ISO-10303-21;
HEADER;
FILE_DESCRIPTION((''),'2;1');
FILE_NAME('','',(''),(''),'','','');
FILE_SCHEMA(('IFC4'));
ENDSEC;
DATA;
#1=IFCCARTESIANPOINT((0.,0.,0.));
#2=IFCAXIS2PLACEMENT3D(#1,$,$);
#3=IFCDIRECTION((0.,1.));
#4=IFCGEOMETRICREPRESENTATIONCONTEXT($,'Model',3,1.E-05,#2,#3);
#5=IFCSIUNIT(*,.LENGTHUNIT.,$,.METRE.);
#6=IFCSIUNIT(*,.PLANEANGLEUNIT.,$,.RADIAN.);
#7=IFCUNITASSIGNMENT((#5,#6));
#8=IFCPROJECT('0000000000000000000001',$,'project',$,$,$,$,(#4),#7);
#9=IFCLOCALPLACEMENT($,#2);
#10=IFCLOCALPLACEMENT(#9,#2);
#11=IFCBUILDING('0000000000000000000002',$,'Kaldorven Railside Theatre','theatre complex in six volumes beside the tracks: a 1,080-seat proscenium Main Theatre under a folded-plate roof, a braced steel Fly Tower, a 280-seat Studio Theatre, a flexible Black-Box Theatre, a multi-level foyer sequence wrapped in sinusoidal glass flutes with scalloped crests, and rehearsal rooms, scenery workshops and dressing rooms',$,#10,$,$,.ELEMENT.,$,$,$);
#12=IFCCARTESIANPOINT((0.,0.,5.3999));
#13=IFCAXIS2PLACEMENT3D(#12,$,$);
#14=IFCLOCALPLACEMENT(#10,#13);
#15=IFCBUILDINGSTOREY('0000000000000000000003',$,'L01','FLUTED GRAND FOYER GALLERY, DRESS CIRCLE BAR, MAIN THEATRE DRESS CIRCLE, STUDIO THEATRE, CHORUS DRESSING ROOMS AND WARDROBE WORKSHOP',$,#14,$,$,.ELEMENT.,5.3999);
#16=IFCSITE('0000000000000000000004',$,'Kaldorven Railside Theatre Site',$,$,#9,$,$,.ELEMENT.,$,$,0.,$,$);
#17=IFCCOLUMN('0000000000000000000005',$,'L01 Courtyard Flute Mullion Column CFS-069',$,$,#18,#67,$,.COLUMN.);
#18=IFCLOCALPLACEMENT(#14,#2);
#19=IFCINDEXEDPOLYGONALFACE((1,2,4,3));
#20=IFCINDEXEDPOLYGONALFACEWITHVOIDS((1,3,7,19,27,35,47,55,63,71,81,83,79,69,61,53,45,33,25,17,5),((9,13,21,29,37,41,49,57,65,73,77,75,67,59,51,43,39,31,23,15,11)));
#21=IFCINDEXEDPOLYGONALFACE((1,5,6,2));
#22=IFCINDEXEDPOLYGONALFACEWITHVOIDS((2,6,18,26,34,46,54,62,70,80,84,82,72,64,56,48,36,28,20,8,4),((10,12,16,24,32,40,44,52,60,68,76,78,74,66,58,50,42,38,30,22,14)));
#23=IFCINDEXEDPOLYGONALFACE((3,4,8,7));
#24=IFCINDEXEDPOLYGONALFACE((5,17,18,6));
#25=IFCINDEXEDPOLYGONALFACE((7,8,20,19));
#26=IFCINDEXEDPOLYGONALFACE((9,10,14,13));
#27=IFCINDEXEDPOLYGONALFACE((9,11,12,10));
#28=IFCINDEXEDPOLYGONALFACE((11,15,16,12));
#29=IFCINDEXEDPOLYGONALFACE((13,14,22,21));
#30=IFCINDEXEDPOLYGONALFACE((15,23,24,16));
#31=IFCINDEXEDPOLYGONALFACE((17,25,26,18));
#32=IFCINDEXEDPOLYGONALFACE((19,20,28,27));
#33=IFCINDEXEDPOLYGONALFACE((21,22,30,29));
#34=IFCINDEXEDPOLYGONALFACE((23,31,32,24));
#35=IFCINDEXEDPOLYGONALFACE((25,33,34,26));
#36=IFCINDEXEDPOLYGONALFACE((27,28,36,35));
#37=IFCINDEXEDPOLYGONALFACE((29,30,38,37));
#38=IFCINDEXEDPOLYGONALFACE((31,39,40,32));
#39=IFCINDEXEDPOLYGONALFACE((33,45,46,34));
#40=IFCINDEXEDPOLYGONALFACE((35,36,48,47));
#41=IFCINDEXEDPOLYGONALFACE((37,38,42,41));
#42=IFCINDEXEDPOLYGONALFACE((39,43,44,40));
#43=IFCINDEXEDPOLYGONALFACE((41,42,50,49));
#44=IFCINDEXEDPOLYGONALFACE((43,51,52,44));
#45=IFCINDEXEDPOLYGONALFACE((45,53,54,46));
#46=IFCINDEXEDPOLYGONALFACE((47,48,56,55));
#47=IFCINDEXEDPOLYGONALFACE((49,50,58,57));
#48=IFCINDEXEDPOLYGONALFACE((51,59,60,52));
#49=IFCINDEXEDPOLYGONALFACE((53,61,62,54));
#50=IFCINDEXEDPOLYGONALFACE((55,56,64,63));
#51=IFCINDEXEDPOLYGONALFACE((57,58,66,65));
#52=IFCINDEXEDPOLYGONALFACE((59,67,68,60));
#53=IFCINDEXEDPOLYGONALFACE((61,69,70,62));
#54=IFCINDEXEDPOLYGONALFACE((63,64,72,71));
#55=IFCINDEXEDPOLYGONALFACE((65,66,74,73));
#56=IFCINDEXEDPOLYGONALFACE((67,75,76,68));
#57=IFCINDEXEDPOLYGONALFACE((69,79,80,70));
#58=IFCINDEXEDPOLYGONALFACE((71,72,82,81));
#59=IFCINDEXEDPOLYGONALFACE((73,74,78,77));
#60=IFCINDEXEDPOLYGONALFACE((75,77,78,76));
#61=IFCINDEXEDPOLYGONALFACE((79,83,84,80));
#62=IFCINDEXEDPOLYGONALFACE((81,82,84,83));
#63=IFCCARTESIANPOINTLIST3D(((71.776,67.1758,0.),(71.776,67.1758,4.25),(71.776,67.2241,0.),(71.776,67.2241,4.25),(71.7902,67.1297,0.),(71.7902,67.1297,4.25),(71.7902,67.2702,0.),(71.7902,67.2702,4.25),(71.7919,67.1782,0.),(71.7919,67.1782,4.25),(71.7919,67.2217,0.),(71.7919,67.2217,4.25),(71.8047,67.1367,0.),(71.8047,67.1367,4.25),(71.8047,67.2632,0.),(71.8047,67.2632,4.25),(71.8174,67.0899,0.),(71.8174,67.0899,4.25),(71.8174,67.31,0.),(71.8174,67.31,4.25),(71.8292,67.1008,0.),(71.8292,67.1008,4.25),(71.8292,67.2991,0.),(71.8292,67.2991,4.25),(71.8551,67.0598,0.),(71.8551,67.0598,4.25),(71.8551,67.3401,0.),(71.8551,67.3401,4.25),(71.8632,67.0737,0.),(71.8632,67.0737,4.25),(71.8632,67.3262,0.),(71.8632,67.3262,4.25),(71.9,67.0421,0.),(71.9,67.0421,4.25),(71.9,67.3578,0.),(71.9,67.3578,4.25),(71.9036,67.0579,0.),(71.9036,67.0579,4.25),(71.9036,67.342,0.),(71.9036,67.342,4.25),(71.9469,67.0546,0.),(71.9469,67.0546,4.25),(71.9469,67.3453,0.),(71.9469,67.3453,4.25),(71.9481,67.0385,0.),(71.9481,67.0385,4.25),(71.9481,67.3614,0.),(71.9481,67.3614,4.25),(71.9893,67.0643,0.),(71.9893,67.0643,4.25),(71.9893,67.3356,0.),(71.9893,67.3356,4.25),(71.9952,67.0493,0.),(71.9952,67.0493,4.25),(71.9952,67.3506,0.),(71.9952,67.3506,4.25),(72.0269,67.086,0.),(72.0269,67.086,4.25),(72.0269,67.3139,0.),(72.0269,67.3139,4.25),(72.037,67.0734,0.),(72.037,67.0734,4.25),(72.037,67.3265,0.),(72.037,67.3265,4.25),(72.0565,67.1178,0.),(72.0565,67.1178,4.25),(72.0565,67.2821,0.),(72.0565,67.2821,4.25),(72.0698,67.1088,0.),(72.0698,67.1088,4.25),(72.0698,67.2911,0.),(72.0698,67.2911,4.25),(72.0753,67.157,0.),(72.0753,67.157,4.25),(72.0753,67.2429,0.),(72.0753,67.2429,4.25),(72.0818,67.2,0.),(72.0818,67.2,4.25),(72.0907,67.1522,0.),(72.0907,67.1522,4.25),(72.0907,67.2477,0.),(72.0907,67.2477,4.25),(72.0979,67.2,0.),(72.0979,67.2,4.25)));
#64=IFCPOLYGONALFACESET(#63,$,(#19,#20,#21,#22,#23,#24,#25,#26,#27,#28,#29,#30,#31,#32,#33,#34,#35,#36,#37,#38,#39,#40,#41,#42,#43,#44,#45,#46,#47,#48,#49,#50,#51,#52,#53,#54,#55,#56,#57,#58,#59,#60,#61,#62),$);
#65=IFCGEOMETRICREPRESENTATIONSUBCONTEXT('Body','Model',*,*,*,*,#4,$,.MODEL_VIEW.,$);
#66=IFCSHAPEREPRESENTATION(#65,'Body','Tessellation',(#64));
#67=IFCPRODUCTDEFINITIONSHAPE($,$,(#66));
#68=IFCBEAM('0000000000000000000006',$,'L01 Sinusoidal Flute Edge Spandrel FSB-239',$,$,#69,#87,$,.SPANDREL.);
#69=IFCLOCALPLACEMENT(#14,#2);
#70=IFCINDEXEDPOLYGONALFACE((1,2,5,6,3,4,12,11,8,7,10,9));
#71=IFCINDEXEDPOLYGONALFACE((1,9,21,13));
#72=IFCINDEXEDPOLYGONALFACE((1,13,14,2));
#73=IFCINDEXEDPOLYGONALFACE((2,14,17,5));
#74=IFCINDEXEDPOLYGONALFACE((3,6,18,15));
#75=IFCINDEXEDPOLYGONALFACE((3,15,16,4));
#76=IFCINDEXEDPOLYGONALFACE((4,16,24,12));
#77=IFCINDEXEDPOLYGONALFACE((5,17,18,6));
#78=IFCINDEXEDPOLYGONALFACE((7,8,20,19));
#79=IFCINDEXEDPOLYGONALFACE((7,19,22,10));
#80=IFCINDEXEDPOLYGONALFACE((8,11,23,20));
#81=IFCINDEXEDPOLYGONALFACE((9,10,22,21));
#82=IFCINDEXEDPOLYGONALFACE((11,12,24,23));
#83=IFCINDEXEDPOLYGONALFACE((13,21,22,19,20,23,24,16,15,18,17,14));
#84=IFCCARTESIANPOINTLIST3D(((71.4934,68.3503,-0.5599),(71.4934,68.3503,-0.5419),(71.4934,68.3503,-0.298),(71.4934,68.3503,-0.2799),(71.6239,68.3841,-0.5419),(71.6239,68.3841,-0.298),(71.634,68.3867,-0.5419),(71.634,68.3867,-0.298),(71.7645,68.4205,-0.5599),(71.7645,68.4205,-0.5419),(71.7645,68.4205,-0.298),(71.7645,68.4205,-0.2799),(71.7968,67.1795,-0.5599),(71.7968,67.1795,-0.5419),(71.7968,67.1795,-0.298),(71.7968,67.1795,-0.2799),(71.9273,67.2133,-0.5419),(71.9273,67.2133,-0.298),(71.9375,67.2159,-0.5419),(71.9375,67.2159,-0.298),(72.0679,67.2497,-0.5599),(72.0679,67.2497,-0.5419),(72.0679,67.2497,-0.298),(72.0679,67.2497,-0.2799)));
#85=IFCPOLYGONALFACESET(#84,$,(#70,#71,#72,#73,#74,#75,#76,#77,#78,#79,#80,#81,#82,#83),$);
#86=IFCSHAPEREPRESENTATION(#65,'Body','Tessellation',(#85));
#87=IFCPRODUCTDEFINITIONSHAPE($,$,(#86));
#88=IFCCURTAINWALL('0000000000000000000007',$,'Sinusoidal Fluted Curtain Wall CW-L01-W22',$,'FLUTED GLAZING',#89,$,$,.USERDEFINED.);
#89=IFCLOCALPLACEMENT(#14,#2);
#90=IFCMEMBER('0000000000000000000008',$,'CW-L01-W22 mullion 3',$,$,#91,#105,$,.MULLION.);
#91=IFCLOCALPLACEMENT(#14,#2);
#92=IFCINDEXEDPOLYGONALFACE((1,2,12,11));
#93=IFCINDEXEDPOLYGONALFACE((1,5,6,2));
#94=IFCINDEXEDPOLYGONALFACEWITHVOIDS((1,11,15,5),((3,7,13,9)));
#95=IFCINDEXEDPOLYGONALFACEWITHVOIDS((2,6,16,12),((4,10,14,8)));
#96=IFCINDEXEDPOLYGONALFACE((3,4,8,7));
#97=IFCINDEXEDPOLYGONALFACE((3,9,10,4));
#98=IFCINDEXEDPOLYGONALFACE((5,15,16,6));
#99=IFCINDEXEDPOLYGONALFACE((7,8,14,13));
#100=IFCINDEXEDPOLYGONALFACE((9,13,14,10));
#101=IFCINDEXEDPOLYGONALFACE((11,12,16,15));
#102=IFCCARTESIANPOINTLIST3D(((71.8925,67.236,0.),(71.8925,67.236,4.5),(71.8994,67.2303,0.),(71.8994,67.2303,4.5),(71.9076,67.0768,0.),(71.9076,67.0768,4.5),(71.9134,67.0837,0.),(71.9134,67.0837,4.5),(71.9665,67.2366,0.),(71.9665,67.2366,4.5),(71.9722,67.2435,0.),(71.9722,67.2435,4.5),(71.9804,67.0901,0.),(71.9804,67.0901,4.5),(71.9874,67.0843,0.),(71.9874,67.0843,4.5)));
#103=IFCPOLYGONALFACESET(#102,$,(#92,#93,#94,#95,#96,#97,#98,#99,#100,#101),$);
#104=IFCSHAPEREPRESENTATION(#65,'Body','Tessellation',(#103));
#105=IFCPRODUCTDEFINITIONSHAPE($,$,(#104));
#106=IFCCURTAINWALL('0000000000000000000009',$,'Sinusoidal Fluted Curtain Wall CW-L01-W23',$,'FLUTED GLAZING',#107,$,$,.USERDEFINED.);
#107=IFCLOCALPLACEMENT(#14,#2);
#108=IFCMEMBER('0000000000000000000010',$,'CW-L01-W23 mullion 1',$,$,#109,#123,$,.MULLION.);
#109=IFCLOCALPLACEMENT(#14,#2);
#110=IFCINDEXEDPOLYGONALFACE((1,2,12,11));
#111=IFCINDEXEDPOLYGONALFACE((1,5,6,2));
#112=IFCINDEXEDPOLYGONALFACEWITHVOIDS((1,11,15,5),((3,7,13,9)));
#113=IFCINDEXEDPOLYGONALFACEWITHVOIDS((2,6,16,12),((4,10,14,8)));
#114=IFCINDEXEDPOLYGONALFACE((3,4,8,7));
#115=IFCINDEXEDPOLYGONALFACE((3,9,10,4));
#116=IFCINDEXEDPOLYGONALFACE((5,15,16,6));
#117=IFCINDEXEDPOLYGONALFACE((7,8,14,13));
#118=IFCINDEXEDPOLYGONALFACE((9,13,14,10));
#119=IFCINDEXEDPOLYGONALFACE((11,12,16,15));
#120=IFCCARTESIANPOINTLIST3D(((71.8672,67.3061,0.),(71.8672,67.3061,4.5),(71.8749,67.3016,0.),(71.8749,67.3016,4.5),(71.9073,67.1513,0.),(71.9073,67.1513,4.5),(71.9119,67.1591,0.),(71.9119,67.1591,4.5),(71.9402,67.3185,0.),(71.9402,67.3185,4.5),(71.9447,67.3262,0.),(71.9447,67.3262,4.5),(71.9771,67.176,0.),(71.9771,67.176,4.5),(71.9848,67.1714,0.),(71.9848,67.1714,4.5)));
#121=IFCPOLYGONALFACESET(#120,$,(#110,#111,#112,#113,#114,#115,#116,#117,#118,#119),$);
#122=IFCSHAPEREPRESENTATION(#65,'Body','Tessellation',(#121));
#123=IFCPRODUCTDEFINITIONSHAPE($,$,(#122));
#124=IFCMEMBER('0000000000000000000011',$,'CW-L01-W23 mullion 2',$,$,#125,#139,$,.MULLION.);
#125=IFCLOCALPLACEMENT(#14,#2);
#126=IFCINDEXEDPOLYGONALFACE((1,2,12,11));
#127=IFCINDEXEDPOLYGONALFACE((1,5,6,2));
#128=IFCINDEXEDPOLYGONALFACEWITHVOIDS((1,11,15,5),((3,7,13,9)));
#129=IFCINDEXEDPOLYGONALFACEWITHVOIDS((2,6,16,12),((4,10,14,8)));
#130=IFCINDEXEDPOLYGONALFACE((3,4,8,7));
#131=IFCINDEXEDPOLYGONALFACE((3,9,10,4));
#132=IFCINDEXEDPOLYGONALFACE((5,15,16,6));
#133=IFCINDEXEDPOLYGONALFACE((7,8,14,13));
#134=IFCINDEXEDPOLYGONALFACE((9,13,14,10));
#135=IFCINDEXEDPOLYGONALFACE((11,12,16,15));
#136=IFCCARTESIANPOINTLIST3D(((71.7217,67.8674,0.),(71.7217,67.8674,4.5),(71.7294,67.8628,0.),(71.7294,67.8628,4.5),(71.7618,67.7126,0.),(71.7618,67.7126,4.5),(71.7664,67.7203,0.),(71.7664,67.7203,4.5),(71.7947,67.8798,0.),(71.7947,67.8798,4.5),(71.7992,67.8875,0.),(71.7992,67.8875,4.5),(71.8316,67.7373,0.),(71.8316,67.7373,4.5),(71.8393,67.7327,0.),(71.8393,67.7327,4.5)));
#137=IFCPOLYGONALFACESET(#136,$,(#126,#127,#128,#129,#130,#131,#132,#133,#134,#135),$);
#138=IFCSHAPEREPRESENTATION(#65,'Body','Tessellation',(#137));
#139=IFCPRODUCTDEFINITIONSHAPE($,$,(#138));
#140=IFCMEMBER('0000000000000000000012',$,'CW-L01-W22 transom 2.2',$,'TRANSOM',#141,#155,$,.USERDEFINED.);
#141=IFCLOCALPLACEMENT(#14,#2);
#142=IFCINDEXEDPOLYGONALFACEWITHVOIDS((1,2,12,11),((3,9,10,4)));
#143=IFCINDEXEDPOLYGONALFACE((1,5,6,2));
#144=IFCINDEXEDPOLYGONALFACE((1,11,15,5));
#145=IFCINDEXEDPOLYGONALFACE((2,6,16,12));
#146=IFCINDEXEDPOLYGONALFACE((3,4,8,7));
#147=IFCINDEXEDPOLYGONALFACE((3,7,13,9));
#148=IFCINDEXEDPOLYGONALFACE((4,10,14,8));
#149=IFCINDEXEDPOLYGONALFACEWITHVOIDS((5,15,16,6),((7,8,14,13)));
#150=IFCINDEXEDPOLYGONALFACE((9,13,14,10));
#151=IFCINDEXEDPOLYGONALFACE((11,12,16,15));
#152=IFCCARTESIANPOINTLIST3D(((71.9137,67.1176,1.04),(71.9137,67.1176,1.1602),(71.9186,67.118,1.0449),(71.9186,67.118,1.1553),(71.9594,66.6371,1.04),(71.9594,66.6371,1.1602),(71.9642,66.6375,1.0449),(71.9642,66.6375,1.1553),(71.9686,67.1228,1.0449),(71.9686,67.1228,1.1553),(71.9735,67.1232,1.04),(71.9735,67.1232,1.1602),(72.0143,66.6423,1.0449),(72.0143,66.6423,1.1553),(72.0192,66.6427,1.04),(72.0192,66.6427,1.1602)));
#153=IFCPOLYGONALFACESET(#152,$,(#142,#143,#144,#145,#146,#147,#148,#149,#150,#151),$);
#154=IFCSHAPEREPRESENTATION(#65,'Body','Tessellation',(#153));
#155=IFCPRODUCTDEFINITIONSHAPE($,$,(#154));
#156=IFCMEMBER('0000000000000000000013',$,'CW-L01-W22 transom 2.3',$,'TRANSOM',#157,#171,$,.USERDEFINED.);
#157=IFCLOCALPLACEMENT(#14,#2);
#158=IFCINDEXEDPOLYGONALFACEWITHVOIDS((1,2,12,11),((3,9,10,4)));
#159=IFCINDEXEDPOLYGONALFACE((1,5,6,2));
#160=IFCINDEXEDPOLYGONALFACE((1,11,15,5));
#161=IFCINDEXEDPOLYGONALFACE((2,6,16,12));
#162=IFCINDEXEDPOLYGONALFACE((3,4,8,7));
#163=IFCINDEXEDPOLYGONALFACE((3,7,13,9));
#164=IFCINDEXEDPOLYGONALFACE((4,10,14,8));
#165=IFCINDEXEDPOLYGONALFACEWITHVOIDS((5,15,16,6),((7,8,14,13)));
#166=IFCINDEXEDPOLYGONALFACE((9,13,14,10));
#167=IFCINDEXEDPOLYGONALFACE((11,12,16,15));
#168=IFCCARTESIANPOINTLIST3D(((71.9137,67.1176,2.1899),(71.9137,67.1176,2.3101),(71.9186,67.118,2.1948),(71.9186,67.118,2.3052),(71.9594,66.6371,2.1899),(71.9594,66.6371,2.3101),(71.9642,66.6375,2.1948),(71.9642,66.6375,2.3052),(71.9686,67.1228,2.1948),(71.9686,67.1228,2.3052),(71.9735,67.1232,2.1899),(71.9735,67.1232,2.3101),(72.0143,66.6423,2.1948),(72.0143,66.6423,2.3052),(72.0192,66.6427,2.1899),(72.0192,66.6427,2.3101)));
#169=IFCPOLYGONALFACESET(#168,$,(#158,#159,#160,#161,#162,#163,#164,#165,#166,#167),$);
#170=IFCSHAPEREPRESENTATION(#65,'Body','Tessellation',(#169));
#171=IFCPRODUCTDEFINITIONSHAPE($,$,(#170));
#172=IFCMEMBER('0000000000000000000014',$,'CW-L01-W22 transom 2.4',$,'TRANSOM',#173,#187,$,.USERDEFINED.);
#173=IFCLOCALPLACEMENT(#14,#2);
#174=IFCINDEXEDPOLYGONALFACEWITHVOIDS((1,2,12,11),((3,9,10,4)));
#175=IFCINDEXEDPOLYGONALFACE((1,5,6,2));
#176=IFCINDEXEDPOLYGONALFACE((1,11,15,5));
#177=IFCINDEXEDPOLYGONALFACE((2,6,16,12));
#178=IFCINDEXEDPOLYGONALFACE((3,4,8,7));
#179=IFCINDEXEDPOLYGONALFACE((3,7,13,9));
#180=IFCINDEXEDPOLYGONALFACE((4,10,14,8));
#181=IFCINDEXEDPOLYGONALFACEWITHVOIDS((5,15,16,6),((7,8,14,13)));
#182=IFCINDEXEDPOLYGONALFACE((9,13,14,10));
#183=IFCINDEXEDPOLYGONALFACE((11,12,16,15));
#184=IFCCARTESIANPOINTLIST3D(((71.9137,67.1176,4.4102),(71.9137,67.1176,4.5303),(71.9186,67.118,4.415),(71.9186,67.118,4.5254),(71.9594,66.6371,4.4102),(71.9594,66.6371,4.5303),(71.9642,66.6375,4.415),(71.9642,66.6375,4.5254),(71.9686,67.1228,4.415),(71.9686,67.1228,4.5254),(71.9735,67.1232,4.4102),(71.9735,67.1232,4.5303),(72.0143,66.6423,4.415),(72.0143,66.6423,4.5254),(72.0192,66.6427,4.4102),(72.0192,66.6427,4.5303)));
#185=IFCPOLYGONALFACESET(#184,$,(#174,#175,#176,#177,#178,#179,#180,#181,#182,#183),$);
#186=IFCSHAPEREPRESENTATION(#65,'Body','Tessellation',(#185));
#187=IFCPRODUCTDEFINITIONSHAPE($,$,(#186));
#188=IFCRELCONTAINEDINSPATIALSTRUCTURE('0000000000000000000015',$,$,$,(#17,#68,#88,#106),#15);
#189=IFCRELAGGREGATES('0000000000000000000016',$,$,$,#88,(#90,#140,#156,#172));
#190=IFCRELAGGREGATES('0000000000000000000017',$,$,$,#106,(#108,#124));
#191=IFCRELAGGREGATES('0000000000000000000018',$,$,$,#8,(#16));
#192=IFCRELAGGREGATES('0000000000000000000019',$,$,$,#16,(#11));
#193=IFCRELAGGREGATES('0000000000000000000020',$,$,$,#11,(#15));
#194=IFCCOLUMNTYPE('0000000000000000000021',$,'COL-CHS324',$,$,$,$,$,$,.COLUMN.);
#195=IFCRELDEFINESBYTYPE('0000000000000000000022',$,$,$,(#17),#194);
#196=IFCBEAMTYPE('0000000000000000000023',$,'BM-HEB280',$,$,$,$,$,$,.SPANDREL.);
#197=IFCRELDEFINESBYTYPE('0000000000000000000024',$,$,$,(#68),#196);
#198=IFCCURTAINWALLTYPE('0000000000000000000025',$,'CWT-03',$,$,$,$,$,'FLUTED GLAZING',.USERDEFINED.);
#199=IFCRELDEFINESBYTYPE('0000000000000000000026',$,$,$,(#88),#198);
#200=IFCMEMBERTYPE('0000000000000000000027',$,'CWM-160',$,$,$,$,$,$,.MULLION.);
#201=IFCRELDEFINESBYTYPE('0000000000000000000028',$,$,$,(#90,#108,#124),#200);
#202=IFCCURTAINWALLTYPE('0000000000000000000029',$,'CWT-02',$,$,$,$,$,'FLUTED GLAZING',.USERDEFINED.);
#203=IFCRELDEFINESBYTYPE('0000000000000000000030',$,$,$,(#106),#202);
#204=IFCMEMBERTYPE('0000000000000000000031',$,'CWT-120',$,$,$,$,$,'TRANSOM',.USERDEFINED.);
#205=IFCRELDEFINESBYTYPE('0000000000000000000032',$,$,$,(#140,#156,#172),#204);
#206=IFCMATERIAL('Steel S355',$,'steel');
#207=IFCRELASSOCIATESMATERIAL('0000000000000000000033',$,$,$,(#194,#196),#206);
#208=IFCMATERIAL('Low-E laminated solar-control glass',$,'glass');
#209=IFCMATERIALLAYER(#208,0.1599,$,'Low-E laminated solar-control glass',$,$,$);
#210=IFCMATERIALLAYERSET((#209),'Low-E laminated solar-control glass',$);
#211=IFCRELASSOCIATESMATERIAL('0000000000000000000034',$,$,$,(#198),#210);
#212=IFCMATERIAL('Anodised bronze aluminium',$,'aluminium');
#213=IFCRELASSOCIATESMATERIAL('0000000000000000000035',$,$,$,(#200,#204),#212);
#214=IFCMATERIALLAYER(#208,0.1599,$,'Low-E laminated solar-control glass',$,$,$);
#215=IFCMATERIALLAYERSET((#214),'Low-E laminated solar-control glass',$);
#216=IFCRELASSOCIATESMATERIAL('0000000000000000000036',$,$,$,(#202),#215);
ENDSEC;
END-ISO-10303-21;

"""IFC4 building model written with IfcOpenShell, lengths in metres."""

from ifc_helpers import new_model, si_unit, direction, frame, origin, origin_2d, place, context, subcontext, project, spatial, hollow_rectangle, hollow_circle, i_section, extrude, material, layer, layer_set, material_profile, profile_set, type_object, element, aggregate, save


model = new_model("IFC4")

# Units and contexts
model_context = context("Model", 3, precision=1e-05, world=origin(), true_north=direction((0.0, 1.0)))
body_context = subcontext(model_context, "Body", "Model", "MODEL_VIEW")
ifc_project = project(units=[si_unit("LENGTHUNIT", "METRE"), si_unit("PLANEANGLEUNIT", "RADIAN")], contexts=[model_context])

# Site, building, storey
site_placement = place(None, origin())
site = spatial("IfcSite", under=ifc_project, at=site_placement, Name="Kaldorven Railside Theatre Site", CompositionType="ELEMENT", RefElevation=0.0)
building_placement = place(site_placement, origin())
building = spatial("IfcBuilding", under=site, at=building_placement, Name="Kaldorven Railside Theatre", Description="theatre complex in six volumes beside the tracks: a 1,080-seat proscenium Main Theatre under a folded-plate roof, a braced steel Fly Tower, a 280-seat Studio Theatre, a flexible Black-Box Theatre, a multi-level foyer sequence wrapped in sinusoidal glass flutes with scalloped crests, and rehearsal rooms, scenery workshops and dressing rooms", CompositionType="ELEMENT")
storey_placement = place(building_placement, frame((0.0, 0.0, 5.3999)))
storey = spatial("IfcBuildingStorey", under=building, at=storey_placement, Name="L01", Description="FLUTED GRAND FOYER GALLERY, DRESS CIRCLE BAR, MAIN THEATRE DRESS CIRCLE, STUDIO THEATRE, CHORUS DRESSING ROOMS AND WARDROBE WORKSHOP", CompositionType="ELEMENT", Elevation=5.3999)

# Column
ifc_material_1 = material(Name="Steel S355", Category="steel")
ifc_material_profile_1 = material_profile(ifc_material_1, hollow_circle(Radius=0.1619, WallThickness=0.0161, at=origin_2d()), Name="CHS 323.9x16")
ifc_profile_set_1 = profile_set([ifc_material_profile_1], Name="Steel S355")
column_type = type_object("IfcColumnType", Name="COL-CHS324", PredefinedType="COLUMN", material=ifc_profile_set_1)
column_placement = place(storey_placement, frame((71.936, 67.2, 0.0), z_axis=(0.0, 0.0, 1.0), x_axis=(1.0, 0.0, 0.0)))
element("IfcColumn", 1, at=column_placement, inside=storey, type_object=column_type, Name="L01 Courtyard Flute Mullion Column CFS-069", PredefinedType="COLUMN", context=body_context, shape_type="SweptSolid", body=[
    extrude(hollow_circle(Radius=0.1619, WallThickness=0.0161, at=origin_2d()), origin(), (0.0, 0.0, 1.0), 4.25),
])

# Beam
ifc_material_profile_2 = material_profile(ifc_material_1, i_section(OverallWidth=0.28, OverallDepth=0.28, WebThickness=0.0105, FlangeThickness=0.0181, at=origin_2d()), Name="HEB 280")
ifc_profile_set_2 = profile_set([ifc_material_profile_2], Name="Steel S355")
beam_type = type_object("IfcBeamType", Name="BM-HEB280", PredefinedType="SPANDREL", material=ifc_profile_set_2)
beam_placement = place(storey_placement, frame((71.9324, 67.2146, -0.4199), z_axis=(-0.250885, 0.968017, 0.0), x_axis=(-0.968017, -0.250885, 0.0)))
element("IfcBeam", 2, at=beam_placement, inside=storey, type_object=beam_type, Name="L01 Sinusoidal Flute Edge Spandrel FSB-239", PredefinedType="SPANDREL", context=body_context, shape_type="SweptSolid", body=[
    extrude(i_section(OverallWidth=0.28, OverallDepth=0.28, WebThickness=0.0105, FlangeThickness=0.0181, at=origin_2d()), origin(), (0.0, 0.0, 1.0), 1.2095),
])

# Curtain wall, member
ifc_material_2 = material(Name="Low-E laminated solar-control glass", Category="glass")
ifc_layer_1 = layer(ifc_material_2, 0.1599, Name="Low-E laminated solar-control glass")
ifc_layer_set_1 = layer_set([ifc_layer_1], Name="Low-E laminated solar-control glass")
curtain_wall_type_1 = type_object("IfcCurtainWallType", Name="CWT-03", ElementType="FLUTED GLAZING", PredefinedType="USERDEFINED", material=ifc_layer_set_1)
curtain_wall_1_placement = place(storey_placement, origin())
curtain_wall_1 = element("IfcCurtainWall", 3, at=curtain_wall_1_placement, inside=storey, type_object=curtain_wall_type_1, Name="Sinusoidal Fluted Curtain Wall CW-L01-W22", ObjectType="FLUTED GLAZING", PredefinedType="USERDEFINED")
ifc_material_3 = material(Name="Anodised bronze aluminium", Category="aluminium")
ifc_material_profile_3 = material_profile(ifc_material_3, hollow_rectangle(XDim=0.0801, YDim=0.1599, WallThickness=0.0063, at=origin_2d()), Name="RHS 160x80x6.3")
ifc_profile_set_3 = profile_set([ifc_material_profile_3], Name="Anodised bronze aluminium")
member_type_1 = type_object("IfcMemberType", Name="CWM-160", PredefinedType="MULLION", material=ifc_profile_set_3)
member_1_placement = place(storey_placement, frame((71.9399, 67.1602, 0.0), z_axis=(0.0, 0.0, 1.0), x_axis=(-0.995526, -0.094492, 0.0)))
member_1 = element("IfcMember", 4, at=member_1_placement, type_object=member_type_1, Name="CW-L01-W22 mullion 3", PredefinedType="MULLION", context=body_context, shape_type="SweptSolid", body=[
    extrude(hollow_rectangle(XDim=0.0801, YDim=0.1599, WallThickness=0.0063, at=origin_2d()), origin(), (0.0, 0.0, 1.0), 4.5),
])

# Curtain wall, members
ifc_layer_2 = layer(ifc_material_2, 0.1599, Name="Low-E laminated solar-control glass")
ifc_layer_set_2 = layer_set([ifc_layer_2], Name="Low-E laminated solar-control glass")
curtain_wall_type_2 = type_object("IfcCurtainWallType", Name="CWT-02", ElementType="FLUTED GLAZING", PredefinedType="USERDEFINED", material=ifc_layer_set_2)
curtain_wall_2_placement = place(storey_placement, origin())
curtain_wall_2 = element("IfcCurtainWall", 5, at=curtain_wall_2_placement, inside=storey, type_object=curtain_wall_type_2, Name="Sinusoidal Fluted Curtain Wall CW-L01-W23", ObjectType="FLUTED GLAZING", PredefinedType="USERDEFINED")
member_2_placement = place(storey_placement, frame((71.926, 67.2388, 0.0), z_axis=(0.0, 0.0, 1.0), x_axis=(-0.967999, -0.250954, 0.0)))
member_2 = element("IfcMember", 6, at=member_2_placement, type_object=member_type_1, Name="CW-L01-W23 mullion 1", PredefinedType="MULLION", context=body_context, shape_type="SweptSolid", body=[
    extrude(hollow_rectangle(XDim=0.0801, YDim=0.1599, WallThickness=0.0063, at=origin_2d()), origin(), (0.0, 0.0, 1.0), 4.5),
])
member_3_placement = place(storey_placement, frame((71.7805, 67.8, 0.0), z_axis=(0.0, 0.0, 1.0), x_axis=(-0.967999, -0.250954, 0.0)))
member_3 = element("IfcMember", 7, at=member_3_placement, type_object=member_type_1, Name="CW-L01-W23 mullion 2", PredefinedType="MULLION", context=body_context, shape_type="SweptSolid", body=[
    extrude(hollow_rectangle(XDim=0.0801, YDim=0.1599, WallThickness=0.0063, at=origin_2d()), origin(), (0.0, 0.0, 1.0), 4.5),
])

# Members
ifc_material_profile_4 = material_profile(ifc_material_3, hollow_rectangle(XDim=0.0601, YDim=0.1201, WallThickness=0.0049, at=origin_2d()), Name="RHS 120x60x5")
ifc_profile_set_4 = profile_set([ifc_material_profile_4], Name="Anodised bronze aluminium")
member_type_2 = type_object("IfcMemberType", Name="CWT-120", ElementType="TRANSOM", PredefinedType="USERDEFINED", material=ifc_profile_set_4)
member_4_placement = place(storey_placement, frame((71.9893, 66.6399, 1.1001), z_axis=(-0.094594, 0.995516, 0.0), x_axis=(-0.995516, -0.094594, 0.0)))
member_4 = element("IfcMember", 8, at=member_4_placement, type_object=member_type_2, Name="CW-L01-W22 transom 2.2", ObjectType="TRANSOM", PredefinedType="USERDEFINED", context=body_context, shape_type="SweptSolid", body=[
    extrude(hollow_rectangle(XDim=0.0601, YDim=0.1201, WallThickness=0.0049, at=origin_2d()), origin(), (0.0, 0.0, 1.0), 0.4827),
])
member_5_placement = place(storey_placement, frame((71.9893, 66.6399, 2.25), z_axis=(-0.094594, 0.995516, 0.0), x_axis=(-0.995516, -0.094594, 0.0)))
member_5 = element("IfcMember", 9, at=member_5_placement, type_object=member_type_2, Name="CW-L01-W22 transom 2.3", ObjectType="TRANSOM", PredefinedType="USERDEFINED", context=body_context, shape_type="SweptSolid", body=[
    extrude(hollow_rectangle(XDim=0.0601, YDim=0.1201, WallThickness=0.0049, at=origin_2d()), origin(), (0.0, 0.0, 1.0), 0.4827),
])
member_6_placement = place(storey_placement, frame((71.9893, 66.6399, 4.4702), z_axis=(-0.094594, 0.995516, 0.0), x_axis=(-0.995516, -0.094594, 0.0)))
member_6 = element("IfcMember", 10, at=member_6_placement, type_object=member_type_2, Name="CW-L01-W22 transom 2.4", ObjectType="TRANSOM", PredefinedType="USERDEFINED", context=body_context, shape_type="SweptSolid", body=[
    extrude(hollow_rectangle(XDim=0.0601, YDim=0.1201, WallThickness=0.0049, at=origin_2d()), origin(), (0.0, 0.0, 1.0), 0.4827),
])

aggregate(curtain_wall_1, [member_1, member_4, member_5, member_6])
aggregate(curtain_wall_2, [member_2, member_3])

save(model, "model.ifc")
